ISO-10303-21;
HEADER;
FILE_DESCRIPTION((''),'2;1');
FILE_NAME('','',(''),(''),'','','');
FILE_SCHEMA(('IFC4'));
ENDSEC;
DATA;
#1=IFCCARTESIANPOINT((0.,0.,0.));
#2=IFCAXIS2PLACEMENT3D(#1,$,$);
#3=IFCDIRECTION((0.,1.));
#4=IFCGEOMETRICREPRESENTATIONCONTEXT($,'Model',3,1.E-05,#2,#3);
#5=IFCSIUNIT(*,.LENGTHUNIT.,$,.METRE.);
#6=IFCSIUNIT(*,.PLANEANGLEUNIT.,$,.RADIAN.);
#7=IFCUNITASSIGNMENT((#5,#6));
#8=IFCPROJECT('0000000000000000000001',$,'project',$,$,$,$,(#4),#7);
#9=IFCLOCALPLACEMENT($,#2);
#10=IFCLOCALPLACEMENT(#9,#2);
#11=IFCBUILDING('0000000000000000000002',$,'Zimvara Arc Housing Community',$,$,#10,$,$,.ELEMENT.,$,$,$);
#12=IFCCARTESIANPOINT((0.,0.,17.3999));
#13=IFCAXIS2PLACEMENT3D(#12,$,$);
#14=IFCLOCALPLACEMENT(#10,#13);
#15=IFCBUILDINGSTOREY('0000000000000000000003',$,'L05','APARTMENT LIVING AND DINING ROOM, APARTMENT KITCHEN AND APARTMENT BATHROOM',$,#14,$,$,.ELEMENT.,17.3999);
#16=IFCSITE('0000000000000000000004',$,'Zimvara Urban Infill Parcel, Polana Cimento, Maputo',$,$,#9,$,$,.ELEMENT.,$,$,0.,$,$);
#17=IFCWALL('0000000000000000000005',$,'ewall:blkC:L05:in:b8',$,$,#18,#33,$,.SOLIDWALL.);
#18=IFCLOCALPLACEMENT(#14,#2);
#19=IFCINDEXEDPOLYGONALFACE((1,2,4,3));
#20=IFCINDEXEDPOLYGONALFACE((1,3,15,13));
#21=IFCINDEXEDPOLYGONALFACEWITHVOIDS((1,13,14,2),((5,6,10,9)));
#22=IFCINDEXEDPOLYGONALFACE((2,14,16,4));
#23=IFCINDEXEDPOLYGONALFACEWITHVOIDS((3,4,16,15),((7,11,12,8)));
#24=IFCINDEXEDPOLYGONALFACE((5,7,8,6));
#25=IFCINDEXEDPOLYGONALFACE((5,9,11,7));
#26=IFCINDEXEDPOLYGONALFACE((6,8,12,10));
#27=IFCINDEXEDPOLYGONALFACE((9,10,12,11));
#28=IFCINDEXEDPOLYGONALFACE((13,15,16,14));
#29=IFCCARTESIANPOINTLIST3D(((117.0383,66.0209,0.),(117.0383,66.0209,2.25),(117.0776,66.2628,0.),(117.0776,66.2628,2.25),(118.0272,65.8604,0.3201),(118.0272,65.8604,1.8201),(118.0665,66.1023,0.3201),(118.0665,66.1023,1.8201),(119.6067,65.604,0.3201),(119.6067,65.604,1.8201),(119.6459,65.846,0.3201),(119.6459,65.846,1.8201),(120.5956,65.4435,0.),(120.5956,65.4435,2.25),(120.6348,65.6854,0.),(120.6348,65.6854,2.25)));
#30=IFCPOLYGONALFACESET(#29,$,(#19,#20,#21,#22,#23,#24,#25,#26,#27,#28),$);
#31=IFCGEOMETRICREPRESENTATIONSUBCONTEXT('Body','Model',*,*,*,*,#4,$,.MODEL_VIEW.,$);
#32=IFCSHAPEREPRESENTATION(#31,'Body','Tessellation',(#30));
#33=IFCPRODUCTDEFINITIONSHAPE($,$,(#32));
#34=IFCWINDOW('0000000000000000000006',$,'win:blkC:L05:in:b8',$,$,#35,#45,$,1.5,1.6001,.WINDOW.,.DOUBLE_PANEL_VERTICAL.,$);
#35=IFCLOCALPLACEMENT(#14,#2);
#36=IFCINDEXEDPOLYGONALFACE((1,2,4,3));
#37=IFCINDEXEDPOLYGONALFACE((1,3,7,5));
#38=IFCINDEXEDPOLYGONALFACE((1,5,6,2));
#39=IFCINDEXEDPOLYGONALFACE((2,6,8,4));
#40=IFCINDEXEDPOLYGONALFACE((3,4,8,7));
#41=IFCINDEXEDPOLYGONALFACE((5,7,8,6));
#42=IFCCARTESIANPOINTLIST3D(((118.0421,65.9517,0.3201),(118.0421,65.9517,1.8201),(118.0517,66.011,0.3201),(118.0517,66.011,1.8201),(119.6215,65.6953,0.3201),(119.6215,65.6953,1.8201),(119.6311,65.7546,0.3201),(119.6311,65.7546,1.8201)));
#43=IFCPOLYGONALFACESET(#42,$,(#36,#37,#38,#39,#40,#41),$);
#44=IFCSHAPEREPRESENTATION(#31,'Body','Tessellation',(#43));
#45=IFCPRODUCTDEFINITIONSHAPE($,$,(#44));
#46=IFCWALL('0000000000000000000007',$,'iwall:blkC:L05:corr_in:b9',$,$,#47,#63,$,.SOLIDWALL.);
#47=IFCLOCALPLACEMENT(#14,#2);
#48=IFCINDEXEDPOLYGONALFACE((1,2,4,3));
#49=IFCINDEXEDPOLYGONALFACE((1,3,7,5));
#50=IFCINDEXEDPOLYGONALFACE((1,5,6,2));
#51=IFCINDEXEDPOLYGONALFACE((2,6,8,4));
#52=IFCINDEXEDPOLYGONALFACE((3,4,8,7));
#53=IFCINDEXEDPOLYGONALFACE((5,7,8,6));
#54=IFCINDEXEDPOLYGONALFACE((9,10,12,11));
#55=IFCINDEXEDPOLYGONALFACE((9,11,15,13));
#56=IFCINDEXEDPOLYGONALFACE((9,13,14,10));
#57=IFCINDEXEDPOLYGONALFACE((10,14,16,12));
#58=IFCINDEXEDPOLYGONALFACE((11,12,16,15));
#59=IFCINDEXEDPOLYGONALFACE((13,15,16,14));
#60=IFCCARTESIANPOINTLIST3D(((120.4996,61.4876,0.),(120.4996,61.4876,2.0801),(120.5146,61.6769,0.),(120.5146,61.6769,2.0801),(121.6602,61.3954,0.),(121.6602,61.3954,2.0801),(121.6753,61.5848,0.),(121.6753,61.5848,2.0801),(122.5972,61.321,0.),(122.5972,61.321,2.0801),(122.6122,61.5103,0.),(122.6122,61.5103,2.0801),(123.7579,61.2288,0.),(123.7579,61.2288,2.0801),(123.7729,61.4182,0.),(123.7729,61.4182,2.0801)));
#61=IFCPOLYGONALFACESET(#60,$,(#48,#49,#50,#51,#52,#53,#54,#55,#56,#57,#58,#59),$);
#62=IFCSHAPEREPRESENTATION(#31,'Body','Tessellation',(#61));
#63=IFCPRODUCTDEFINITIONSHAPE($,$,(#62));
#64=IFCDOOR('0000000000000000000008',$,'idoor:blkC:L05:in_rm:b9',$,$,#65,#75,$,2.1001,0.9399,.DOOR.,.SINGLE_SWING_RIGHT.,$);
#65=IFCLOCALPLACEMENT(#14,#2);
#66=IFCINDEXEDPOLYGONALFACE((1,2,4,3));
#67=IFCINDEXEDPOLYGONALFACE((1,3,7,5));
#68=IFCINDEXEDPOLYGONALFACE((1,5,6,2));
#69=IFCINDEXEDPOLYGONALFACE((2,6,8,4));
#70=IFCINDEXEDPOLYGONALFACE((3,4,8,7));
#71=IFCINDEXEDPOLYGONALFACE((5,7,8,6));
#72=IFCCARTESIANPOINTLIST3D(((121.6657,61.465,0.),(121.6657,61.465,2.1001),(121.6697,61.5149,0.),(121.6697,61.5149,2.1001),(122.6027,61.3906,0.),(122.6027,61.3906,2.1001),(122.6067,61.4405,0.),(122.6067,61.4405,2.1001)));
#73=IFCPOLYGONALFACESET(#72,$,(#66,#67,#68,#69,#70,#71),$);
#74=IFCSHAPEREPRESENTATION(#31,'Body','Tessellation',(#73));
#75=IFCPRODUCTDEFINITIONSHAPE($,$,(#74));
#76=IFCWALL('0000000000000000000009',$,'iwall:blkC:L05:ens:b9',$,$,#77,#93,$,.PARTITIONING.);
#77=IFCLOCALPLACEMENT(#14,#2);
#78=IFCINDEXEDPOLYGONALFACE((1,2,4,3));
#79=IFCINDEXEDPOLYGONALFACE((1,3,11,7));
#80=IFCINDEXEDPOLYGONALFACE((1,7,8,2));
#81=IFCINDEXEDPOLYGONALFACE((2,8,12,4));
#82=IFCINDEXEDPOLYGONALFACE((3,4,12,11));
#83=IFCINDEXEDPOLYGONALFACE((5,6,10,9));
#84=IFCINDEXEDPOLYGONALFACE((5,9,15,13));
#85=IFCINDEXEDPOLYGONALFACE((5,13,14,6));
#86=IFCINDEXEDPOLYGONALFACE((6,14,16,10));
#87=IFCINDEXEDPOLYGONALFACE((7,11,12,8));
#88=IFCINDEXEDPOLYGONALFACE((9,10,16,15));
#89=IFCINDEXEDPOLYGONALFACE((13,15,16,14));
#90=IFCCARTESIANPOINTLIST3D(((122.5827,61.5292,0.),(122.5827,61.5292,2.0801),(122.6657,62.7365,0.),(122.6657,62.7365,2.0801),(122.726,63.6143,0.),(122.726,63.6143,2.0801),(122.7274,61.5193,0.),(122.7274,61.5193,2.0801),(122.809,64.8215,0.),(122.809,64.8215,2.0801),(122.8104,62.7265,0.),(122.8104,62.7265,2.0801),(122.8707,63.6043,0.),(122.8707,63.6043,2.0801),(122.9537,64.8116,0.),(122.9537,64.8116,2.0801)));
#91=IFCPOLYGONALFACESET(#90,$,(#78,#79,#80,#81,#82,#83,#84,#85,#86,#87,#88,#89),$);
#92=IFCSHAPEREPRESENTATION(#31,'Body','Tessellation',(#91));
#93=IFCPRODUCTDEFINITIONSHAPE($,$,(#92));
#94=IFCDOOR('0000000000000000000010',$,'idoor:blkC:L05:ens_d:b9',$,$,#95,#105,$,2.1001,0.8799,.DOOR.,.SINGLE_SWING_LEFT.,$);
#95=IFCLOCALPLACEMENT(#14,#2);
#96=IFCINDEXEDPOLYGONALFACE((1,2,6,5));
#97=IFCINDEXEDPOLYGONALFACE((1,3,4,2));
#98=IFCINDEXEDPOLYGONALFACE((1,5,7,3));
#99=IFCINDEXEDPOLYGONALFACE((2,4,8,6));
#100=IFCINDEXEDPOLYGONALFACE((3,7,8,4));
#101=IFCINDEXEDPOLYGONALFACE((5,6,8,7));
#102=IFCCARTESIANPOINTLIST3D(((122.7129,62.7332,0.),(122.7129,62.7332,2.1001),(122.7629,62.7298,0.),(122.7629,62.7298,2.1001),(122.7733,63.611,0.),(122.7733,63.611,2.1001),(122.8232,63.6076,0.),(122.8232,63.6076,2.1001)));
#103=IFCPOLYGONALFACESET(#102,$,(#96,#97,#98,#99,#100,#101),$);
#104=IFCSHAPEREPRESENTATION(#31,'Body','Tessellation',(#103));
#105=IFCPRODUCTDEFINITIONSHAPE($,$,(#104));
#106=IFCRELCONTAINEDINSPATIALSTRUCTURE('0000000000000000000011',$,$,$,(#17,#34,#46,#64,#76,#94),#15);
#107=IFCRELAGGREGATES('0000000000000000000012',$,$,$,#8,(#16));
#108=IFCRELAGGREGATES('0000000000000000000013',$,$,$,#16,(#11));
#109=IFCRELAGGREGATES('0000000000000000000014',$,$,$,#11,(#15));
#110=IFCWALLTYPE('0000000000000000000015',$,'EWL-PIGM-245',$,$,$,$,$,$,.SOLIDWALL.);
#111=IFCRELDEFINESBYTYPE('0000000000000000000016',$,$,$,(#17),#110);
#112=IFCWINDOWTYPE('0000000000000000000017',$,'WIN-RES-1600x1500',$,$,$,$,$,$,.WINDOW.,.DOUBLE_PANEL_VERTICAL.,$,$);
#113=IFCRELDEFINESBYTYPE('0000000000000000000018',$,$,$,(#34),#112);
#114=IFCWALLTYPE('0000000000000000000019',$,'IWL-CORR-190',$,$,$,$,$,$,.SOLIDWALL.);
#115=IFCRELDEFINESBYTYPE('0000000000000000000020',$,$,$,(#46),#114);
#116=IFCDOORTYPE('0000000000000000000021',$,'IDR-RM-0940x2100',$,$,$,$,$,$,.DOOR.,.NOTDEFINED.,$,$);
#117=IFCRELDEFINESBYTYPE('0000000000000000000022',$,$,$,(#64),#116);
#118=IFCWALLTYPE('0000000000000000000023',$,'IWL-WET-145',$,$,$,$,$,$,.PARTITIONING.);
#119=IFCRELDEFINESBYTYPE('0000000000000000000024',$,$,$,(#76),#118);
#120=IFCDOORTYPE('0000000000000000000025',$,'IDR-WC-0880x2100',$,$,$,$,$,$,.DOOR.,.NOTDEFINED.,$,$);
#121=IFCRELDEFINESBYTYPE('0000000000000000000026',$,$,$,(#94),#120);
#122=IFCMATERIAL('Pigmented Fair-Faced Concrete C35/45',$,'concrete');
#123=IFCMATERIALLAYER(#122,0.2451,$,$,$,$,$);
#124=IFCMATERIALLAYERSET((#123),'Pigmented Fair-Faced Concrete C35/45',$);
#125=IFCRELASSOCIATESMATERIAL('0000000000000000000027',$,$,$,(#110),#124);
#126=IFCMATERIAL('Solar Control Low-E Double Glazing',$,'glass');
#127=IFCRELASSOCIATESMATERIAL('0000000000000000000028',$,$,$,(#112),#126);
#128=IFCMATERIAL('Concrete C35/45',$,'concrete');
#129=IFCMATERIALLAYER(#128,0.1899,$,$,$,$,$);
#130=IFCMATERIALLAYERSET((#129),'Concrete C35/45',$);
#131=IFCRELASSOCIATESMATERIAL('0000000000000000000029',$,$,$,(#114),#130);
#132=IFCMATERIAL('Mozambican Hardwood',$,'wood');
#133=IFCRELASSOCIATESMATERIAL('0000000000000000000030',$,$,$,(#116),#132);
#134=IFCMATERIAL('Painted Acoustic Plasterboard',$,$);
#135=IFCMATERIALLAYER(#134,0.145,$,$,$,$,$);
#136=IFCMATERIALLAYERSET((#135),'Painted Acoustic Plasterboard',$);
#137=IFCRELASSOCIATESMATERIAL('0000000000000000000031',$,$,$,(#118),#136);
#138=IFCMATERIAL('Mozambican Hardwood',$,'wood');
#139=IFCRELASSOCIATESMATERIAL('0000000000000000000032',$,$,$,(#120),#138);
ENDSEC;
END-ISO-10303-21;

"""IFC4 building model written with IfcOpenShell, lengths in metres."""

from ifc_helpers import new_model, si_unit, direction, frame, frame_2d, origin, place, context, subcontext, project, spatial, rectangle, extrude, material, layer, layer_set, type_object, element, fill, save


model = new_model("IFC4")

# Units and contexts
model_context = context("Model", 3, precision=1e-05, world=origin(), true_north=direction((0.0, 1.0)))
body_context = subcontext(model_context, "Body", "Model", "MODEL_VIEW")
ifc_project = project(units=[si_unit("LENGTHUNIT", "METRE"), si_unit("PLANEANGLEUNIT", "RADIAN")], contexts=[model_context])

# Site, building, storey
site_placement = place(None, origin())
site = spatial("IfcSite", under=ifc_project, at=site_placement, Name="Zimvara Urban Infill Parcel, Polana Cimento, Maputo", CompositionType="ELEMENT", RefElevation=0.0)
building_placement = place(site_placement, origin())
building = spatial("IfcBuilding", under=site, at=building_placement, Name="Zimvara Arc Housing Community", CompositionType="ELEMENT")
storey_placement = place(building_placement, frame((0.0, 0.0, 17.3999)))
storey = spatial("IfcBuildingStorey", under=building, at=storey_placement, Name="L05", Description="APARTMENT LIVING AND DINING ROOM, APARTMENT KITCHEN AND APARTMENT BATHROOM", CompositionType="ELEMENT", Elevation=17.3999)

# Wall, opening, window
ifc_material_1 = material(Name="Pigmented Fair-Faced Concrete C35/45", Category="concrete")
ifc_layer_1 = layer(ifc_material_1, 0.2451)
ifc_layer_set_1 = layer_set([ifc_layer_1], Name="Pigmented Fair-Faced Concrete C35/45")
wall_type_1 = type_object("IfcWallType", Name="EWL-PIGM-245", PredefinedType="SOLIDWALL", material=ifc_layer_set_1)
wall_1_placement = place(storey_placement, frame((117.0581, 66.1418, 0.0), z_axis=(0.0, 0.0, 1.0), x_axis=(0.987081, -0.160223, 0.0)))
wall_1 = element("IfcWall", 1, at=wall_1_placement, inside=storey, type_object=wall_type_1, Name="ewall:blkC:L05:in:b8", PredefinedType="SOLIDWALL", context=body_context, shape_type="SweptSolid", body=[
    extrude(rectangle(XDim=3.6038, YDim=0.2451, at=frame_2d((1.8018, 0.0))), origin(), (0.0, 0.0, 1.0), 2.25),
])
opening_1_placement = place(wall_1_placement, frame((1.0017, 0.0, 0.3201)))
opening_1 = element("IfcOpeningElement", 2, at=opening_1_placement, cuts=wall_1, PredefinedType="OPENING", context=body_context, shape_type="SweptSolid", body=[
    extrude(rectangle(XDim=1.6001, YDim=1.5, at=frame_2d((0.8, 0.75))), frame((0.0, 0.1326, 0.0), z_axis=(0.0, -1.0, 0.0), x_axis=(1.0, 0.0, 0.0)), (0.0, 0.0, 1.0), 0.2651),
])
ifc_material_2 = material(Name="Solar Control Low-E Double Glazing", Category="glass")
window_type = type_object("IfcWindowType", Name="WIN-RES-1600x1500", PartitioningType="DOUBLE_PANEL_VERTICAL", PredefinedType="WINDOW", material=ifc_material_2)
window_placement = place(opening_1_placement, origin())
window = element("IfcWindow", 3, at=window_placement, inside=storey, type_object=window_type, Name="win:blkC:L05:in:b8", OverallHeight=1.5, OverallWidth=1.6001, PartitioningType="DOUBLE_PANEL_VERTICAL", PredefinedType="WINDOW", context=body_context, shape_type="SweptSolid", body=[
    extrude(rectangle(XDim=1.6001, YDim=1.5, at=frame_2d((0.8, 0.75))), frame((0.0, 0.03, 0.0), z_axis=(0.0, -1.0, 0.0), x_axis=(1.0, 0.0, 0.0)), (0.0, 0.0, 1.0), 0.0601),
])
fill(opening_1, window)

# Walls, openings, doors
ifc_material_3 = material(Name="Concrete C35/45", Category="concrete")
ifc_layer_2 = layer(ifc_material_3, 0.1899)
ifc_layer_set_2 = layer_set([ifc_layer_2], Name="Concrete C35/45")
wall_type_2 = type_object("IfcWallType", Name="IWL-CORR-190", PredefinedType="SOLIDWALL", material=ifc_layer_set_2)
wall_2_placement = place(storey_placement, frame((120.5071, 61.5823, 0.0), z_axis=(0.0, 0.0, 1.0), x_axis=(0.996861, -0.079175, 0.0)))
wall_2 = element("IfcWall", 4, at=wall_2_placement, inside=storey, type_object=wall_type_2, Name="iwall:blkC:L05:corr_in:b9", PredefinedType="SOLIDWALL", context=body_context, shape_type="SweptSolid", body=[
    extrude(rectangle(XDim=3.2686, YDim=0.1899, at=frame_2d((1.6343, 0.0))), origin(), (0.0, 0.0, 1.0), 2.0801),
])
opening_2_placement = place(wall_2_placement, frame((1.1643, 0.0, 0.0)))
opening_2 = element("IfcOpeningElement", 5, at=opening_2_placement, cuts=wall_2, PredefinedType="OPENING", context=body_context, shape_type="SweptSolid", body=[
    extrude(rectangle(XDim=0.9399, YDim=2.1001, at=frame_2d((0.47, 1.05))), frame((0.0, 0.105, 0.0), z_axis=(0.0, -1.0, 0.0), x_axis=(1.0, 0.0, 0.0)), (0.0, 0.0, 1.0), 0.21),
])
ifc_material_4 = material(Name="Mozambican Hardwood", Category="wood")
door_type_1 = type_object("IfcDoorType", Name="IDR-RM-0940x2100", OperationType="NOTDEFINED", PredefinedType="DOOR", material=ifc_material_4)
door_1_placement = place(opening_2_placement, origin())
door_1 = element("IfcDoor", 6, at=door_1_placement, inside=storey, type_object=door_type_1, Name="idoor:blkC:L05:in_rm:b9", OperationType="SINGLE_SWING_RIGHT", OverallHeight=2.1001, OverallWidth=0.9399, PredefinedType="DOOR", context=body_context, shape_type="SweptSolid", body=[
    extrude(rectangle(XDim=0.9399, YDim=2.1001, at=frame_2d((0.47, 1.05))), frame((0.0, 0.0249, 0.0), z_axis=(0.0, -1.0, 0.0), x_axis=(1.0, 0.0, 0.0)), (0.0, 0.0, 1.0), 0.05),
])
fill(opening_2, door_1)
ifc_material_5 = material(Name="Painted Acoustic Plasterboard")
ifc_layer_3 = layer(ifc_material_5, 0.145)
ifc_layer_set_3 = layer_set([ifc_layer_3], Name="Painted Acoustic Plasterboard")
wall_type_3 = type_object("IfcWallType", Name="IWL-WET-145", PredefinedType="PARTITIONING", material=ifc_layer_set_3)
wall_3_placement = place(storey_placement, frame((122.8813, 64.8164, 0.0), z_axis=(0.0, 0.0, 1.0), x_axis=(-0.068581, -0.997646, 0.0)))
wall_3 = element("IfcWall", 7, at=wall_3_placement, inside=storey, type_object=wall_type_3, Name="iwall:blkC:L05:ens:b9", PredefinedType="PARTITIONING", context=body_context, shape_type="SweptSolid", body=[
    extrude(rectangle(XDim=3.3, YDim=0.145, at=frame_2d((1.6499, 0.0))), origin(), (0.0, 0.0, 1.0), 2.0801),
])
opening_3_placement = place(wall_3_placement, frame((1.21, 0.0, 0.0)))
opening_3 = element("IfcOpeningElement", 8, at=opening_3_placement, cuts=wall_3, PredefinedType="OPENING", context=body_context, shape_type="SweptSolid", body=[
    extrude(rectangle(XDim=0.8799, YDim=2.1001, at=frame_2d((0.4399, 1.05))), frame((0.0, 0.0825, 0.0), z_axis=(0.0, -1.0, 0.0), x_axis=(1.0, 0.0, 0.0)), (0.0, 0.0, 1.0), 0.165),
])
ifc_material_6 = material(Name="Mozambican Hardwood", Category="wood")
door_type_2 = type_object("IfcDoorType", Name="IDR-WC-0880x2100", OperationType="NOTDEFINED", PredefinedType="DOOR", material=ifc_material_6)
door_2_placement = place(opening_3_placement, origin())
door_2 = element("IfcDoor", 9, at=door_2_placement, inside=storey, type_object=door_type_2, Name="idoor:blkC:L05:ens_d:b9", OperationType="SINGLE_SWING_LEFT", OverallHeight=2.1001, OverallWidth=0.8799, PredefinedType="DOOR", context=body_context, shape_type="SweptSolid", body=[
    extrude(rectangle(XDim=0.8799, YDim=2.1001, at=frame_2d((0.4399, 1.05))), frame((0.0, 0.0249, 0.0), z_axis=(0.0, -1.0, 0.0), x_axis=(1.0, 0.0, 0.0)), (0.0, 0.0, 1.0), 0.05),
])
fill(opening_3, door_2)

save(model, "model.ifc")
